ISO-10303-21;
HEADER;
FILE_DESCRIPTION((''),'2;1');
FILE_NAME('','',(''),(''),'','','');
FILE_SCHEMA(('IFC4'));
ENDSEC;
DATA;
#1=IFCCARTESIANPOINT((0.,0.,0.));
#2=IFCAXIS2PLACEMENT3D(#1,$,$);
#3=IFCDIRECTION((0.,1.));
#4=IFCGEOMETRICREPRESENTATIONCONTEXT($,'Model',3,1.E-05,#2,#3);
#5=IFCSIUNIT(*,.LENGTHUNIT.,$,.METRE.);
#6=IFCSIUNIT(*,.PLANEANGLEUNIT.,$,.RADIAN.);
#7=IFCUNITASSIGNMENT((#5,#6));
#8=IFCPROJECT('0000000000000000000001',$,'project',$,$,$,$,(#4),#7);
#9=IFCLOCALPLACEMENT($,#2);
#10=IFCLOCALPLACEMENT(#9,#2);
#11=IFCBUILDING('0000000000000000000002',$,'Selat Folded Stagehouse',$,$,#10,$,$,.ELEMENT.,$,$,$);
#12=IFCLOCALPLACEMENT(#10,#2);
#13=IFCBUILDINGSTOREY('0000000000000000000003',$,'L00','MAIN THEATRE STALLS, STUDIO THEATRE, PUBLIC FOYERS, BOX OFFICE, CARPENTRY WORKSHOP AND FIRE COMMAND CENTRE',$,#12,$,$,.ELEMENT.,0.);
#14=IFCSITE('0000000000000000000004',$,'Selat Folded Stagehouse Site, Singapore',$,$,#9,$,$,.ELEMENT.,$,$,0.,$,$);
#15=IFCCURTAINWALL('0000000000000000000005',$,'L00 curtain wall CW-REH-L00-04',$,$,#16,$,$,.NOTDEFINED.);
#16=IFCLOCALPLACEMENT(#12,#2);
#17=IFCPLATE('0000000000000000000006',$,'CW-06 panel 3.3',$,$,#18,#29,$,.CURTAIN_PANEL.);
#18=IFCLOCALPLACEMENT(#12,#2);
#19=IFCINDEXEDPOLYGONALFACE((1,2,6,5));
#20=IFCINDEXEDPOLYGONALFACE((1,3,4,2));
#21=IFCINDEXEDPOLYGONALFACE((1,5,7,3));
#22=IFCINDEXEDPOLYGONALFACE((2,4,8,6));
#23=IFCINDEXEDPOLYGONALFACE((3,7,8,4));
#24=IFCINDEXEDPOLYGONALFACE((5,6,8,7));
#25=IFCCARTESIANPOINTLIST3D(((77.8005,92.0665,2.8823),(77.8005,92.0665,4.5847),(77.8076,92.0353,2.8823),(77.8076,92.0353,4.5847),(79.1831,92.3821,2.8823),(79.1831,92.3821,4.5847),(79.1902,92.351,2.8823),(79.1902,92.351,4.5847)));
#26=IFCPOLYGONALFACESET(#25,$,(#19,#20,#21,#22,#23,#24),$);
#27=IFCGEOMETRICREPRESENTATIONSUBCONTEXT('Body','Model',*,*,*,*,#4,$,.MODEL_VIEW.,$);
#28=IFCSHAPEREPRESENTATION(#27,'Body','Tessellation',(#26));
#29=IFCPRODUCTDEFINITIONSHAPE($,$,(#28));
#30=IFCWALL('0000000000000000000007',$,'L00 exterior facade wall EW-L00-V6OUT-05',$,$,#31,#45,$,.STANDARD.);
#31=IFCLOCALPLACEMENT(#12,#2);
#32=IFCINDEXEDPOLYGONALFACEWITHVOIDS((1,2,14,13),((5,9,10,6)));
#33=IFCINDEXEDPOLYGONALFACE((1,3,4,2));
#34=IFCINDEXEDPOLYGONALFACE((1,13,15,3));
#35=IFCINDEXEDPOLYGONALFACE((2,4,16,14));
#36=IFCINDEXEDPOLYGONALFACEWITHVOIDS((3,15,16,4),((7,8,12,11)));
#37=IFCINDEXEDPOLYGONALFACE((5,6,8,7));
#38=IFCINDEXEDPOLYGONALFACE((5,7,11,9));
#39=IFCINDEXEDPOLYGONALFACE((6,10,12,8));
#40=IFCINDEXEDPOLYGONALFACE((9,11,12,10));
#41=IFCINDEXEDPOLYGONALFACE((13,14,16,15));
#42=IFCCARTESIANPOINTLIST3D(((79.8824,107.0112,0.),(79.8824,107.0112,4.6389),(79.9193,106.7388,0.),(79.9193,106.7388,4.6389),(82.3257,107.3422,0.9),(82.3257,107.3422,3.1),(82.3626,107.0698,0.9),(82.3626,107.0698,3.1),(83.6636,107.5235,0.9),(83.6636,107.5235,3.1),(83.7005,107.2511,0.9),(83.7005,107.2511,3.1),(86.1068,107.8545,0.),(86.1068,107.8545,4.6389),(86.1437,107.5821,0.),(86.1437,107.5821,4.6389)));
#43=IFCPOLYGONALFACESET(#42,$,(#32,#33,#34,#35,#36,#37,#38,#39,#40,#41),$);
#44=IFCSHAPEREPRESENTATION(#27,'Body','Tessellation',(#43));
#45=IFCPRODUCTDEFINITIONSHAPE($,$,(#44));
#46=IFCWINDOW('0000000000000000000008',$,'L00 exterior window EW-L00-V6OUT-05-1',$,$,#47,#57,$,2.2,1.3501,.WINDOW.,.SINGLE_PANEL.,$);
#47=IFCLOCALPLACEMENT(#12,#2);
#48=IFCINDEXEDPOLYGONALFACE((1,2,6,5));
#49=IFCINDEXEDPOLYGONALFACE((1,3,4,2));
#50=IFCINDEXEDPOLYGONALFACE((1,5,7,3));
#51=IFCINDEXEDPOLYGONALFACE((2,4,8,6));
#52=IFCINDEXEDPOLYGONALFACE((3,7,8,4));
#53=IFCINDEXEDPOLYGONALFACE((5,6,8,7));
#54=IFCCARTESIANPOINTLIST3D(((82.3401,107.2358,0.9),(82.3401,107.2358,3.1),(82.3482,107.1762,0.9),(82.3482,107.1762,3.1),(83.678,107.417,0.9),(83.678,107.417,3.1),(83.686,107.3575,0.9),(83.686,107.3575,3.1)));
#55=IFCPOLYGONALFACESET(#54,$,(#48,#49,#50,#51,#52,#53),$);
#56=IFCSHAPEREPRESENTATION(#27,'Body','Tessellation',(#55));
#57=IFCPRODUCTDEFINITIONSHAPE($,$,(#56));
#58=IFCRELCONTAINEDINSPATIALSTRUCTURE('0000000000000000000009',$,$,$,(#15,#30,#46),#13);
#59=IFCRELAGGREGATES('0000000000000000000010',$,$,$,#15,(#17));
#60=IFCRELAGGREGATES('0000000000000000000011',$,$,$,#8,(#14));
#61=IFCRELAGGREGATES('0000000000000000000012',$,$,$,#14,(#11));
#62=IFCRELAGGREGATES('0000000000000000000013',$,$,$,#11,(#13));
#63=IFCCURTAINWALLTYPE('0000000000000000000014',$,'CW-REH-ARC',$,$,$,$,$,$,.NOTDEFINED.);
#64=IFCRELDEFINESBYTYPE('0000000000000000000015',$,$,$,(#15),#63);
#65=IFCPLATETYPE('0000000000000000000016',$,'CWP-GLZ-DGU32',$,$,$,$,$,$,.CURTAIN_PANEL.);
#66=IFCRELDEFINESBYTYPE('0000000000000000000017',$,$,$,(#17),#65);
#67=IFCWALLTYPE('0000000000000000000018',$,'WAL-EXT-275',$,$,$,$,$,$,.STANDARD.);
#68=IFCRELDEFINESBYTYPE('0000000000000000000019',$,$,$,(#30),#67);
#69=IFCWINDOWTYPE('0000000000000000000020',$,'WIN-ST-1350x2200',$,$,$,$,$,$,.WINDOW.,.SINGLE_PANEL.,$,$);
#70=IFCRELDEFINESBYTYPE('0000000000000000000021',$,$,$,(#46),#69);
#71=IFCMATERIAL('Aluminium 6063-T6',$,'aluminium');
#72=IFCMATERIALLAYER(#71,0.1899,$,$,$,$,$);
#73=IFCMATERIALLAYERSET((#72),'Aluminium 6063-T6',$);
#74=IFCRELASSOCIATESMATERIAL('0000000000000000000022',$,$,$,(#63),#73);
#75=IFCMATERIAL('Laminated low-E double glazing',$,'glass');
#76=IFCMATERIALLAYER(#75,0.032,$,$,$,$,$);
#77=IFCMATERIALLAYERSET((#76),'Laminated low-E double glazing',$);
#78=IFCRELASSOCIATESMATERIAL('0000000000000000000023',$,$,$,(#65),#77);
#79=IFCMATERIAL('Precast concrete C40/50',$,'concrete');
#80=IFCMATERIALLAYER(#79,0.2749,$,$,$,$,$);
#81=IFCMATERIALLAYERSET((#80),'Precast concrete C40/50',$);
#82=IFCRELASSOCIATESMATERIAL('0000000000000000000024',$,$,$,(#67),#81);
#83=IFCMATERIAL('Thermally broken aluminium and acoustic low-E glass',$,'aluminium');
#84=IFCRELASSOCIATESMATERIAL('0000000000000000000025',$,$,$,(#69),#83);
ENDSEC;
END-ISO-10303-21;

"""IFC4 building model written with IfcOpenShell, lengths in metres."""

from ifc_helpers import new_model, si_unit, direction, frame, frame_2d, origin, origin_2d, place, context, subcontext, project, spatial, rectangle, extrude, material, layer, layer_set, type_object, element, fill, aggregate, save


model = new_model("IFC4")

# Units and contexts
model_context = context("Model", 3, precision=1e-05, world=origin(), true_north=direction((0.0, 1.0)))
body_context = subcontext(model_context, "Body", "Model", "MODEL_VIEW")
ifc_project = project(units=[si_unit("LENGTHUNIT", "METRE"), si_unit("PLANEANGLEUNIT", "RADIAN")], contexts=[model_context])

# Site, building, storey
site_placement = place(None, origin())
site = spatial("IfcSite", under=ifc_project, at=site_placement, Name="Selat Folded Stagehouse Site, Singapore", CompositionType="ELEMENT", RefElevation=0.0)
building_placement = place(site_placement, origin())
building = spatial("IfcBuilding", under=site, at=building_placement, Name="Selat Folded Stagehouse", CompositionType="ELEMENT")
storey_placement = place(building_placement, origin())
storey = spatial("IfcBuildingStorey", under=building, at=storey_placement, Name="L00", Description="MAIN THEATRE STALLS, STUDIO THEATRE, PUBLIC FOYERS, BOX OFFICE, CARPENTRY WORKSHOP AND FIRE COMMAND CENTRE", CompositionType="ELEMENT", Elevation=0.0)

# Shared definitions
ifc_material_1 = material(Name="Aluminium 6063-T6", Category="aluminium")
ifc_layer_1 = layer(ifc_material_1, 0.1899)
ifc_layer_set_1 = layer_set([ifc_layer_1], Name="Aluminium 6063-T6")
curtain_wall_type = type_object("IfcCurtainWallType", Name="CW-REH-ARC", PredefinedType="NOTDEFINED", material=ifc_layer_set_1)

# Curtain wall
curtain_wall_1_placement = place(storey_placement, origin())
curtain_wall_1 = element("IfcCurtainWall", 1, at=curtain_wall_1_placement, inside=storey, type_object=curtain_wall_type, Name="L00 curtain wall CW-REH-L00-04", PredefinedType="NOTDEFINED")

# Plate
ifc_material_2 = material(Name="Laminated low-E double glazing", Category="glass")
ifc_layer_2 = layer(ifc_material_2, 0.032)
ifc_layer_set_2 = layer_set([ifc_layer_2], Name="Laminated low-E double glazing")
plate_type = type_object("IfcPlateType", Name="CWP-GLZ-DGU32", PredefinedType="CURTAIN_PANEL", material=ifc_layer_set_2)
plate_1_placement = place(storey_placement, frame((78.4954, 92.2087, 2.8823), z_axis=(0.0, 0.0, 1.0), x_axis=(-0.974923, -0.222543, 0.0)))
plate_1 = element("IfcPlate", 2, at=plate_1_placement, type_object=plate_type, Name="CW-06 panel 3.3", PredefinedType="CURTAIN_PANEL", context=body_context, shape_type="SweptSolid", body=[
    extrude(rectangle(XDim=1.4182, YDim=0.032, at=origin_2d()), origin(), (0.0, 0.0, 1.0), 1.7024),
])
aggregate(curtain_wall_1, [plate_1])

# Wall, opening, window
ifc_material_3 = material(Name="Precast concrete C40/50", Category="concrete")
ifc_layer_3 = layer(ifc_material_3, 0.2749)
ifc_layer_set_3 = layer_set([ifc_layer_3], Name="Precast concrete C40/50")
wall_type = type_object("IfcWallType", Name="WAL-EXT-275", PredefinedType="STANDARD", material=ifc_layer_set_3)
wall_placement = place(storey_placement, frame((79.9009, 106.875, 0.0), z_axis=(0.0, 0.0, 1.0), x_axis=(0.990947, 0.134251, 0.0)))
wall = element("IfcWall", 3, at=wall_placement, inside=storey, type_object=wall_type, Name="L00 exterior facade wall EW-L00-V6OUT-05", PredefinedType="STANDARD", context=body_context, shape_type="SweptSolid", body=[
    extrude(rectangle(XDim=6.2812, YDim=0.2749, at=frame_2d((3.1406, 0.0))), origin(), (0.0, 0.0, 1.0), 4.6389),
])
opening_placement = place(wall_placement, frame((2.4656, 0.0, 0.8999)))
opening = element("IfcOpeningElement", 4, at=opening_placement, cuts=wall, PredefinedType="OPENING", context=body_context, shape_type="SweptSolid", body=[
    extrude(rectangle(XDim=1.3501, YDim=2.2, at=frame_2d((0.675, 1.1001))), frame((0.0, 0.1475, 0.0), z_axis=(0.0, -1.0, 0.0), x_axis=(1.0, 0.0, 0.0)), (0.0, 0.0, 1.0), 0.2949),
])
ifc_material_4 = material(Name="Thermally broken aluminium and acoustic low-E glass", Category="aluminium")
window_type = type_object("IfcWindowType", Name="WIN-ST-1350x2200", PartitioningType="SINGLE_PANEL", PredefinedType="WINDOW", material=ifc_material_4)
window_placement = place(opening_placement, origin())
window = element("IfcWindow", 5, at=window_placement, inside=storey, type_object=window_type, Name="L00 exterior window EW-L00-V6OUT-05-1", OverallHeight=2.2, OverallWidth=1.3501, PartitioningType="SINGLE_PANEL", PredefinedType="WINDOW", context=body_context, shape_type="SweptSolid", body=[
    extrude(rectangle(XDim=1.3501, YDim=2.2, at=frame_2d((0.675, 1.1001))), frame((0.0, 0.03, 0.0), z_axis=(0.0, -1.0, 0.0), x_axis=(1.0, 0.0, 0.0)), (0.0, 0.0, 1.0), 0.0601),
])
fill(opening, window)

save(model, "model.ifc")
